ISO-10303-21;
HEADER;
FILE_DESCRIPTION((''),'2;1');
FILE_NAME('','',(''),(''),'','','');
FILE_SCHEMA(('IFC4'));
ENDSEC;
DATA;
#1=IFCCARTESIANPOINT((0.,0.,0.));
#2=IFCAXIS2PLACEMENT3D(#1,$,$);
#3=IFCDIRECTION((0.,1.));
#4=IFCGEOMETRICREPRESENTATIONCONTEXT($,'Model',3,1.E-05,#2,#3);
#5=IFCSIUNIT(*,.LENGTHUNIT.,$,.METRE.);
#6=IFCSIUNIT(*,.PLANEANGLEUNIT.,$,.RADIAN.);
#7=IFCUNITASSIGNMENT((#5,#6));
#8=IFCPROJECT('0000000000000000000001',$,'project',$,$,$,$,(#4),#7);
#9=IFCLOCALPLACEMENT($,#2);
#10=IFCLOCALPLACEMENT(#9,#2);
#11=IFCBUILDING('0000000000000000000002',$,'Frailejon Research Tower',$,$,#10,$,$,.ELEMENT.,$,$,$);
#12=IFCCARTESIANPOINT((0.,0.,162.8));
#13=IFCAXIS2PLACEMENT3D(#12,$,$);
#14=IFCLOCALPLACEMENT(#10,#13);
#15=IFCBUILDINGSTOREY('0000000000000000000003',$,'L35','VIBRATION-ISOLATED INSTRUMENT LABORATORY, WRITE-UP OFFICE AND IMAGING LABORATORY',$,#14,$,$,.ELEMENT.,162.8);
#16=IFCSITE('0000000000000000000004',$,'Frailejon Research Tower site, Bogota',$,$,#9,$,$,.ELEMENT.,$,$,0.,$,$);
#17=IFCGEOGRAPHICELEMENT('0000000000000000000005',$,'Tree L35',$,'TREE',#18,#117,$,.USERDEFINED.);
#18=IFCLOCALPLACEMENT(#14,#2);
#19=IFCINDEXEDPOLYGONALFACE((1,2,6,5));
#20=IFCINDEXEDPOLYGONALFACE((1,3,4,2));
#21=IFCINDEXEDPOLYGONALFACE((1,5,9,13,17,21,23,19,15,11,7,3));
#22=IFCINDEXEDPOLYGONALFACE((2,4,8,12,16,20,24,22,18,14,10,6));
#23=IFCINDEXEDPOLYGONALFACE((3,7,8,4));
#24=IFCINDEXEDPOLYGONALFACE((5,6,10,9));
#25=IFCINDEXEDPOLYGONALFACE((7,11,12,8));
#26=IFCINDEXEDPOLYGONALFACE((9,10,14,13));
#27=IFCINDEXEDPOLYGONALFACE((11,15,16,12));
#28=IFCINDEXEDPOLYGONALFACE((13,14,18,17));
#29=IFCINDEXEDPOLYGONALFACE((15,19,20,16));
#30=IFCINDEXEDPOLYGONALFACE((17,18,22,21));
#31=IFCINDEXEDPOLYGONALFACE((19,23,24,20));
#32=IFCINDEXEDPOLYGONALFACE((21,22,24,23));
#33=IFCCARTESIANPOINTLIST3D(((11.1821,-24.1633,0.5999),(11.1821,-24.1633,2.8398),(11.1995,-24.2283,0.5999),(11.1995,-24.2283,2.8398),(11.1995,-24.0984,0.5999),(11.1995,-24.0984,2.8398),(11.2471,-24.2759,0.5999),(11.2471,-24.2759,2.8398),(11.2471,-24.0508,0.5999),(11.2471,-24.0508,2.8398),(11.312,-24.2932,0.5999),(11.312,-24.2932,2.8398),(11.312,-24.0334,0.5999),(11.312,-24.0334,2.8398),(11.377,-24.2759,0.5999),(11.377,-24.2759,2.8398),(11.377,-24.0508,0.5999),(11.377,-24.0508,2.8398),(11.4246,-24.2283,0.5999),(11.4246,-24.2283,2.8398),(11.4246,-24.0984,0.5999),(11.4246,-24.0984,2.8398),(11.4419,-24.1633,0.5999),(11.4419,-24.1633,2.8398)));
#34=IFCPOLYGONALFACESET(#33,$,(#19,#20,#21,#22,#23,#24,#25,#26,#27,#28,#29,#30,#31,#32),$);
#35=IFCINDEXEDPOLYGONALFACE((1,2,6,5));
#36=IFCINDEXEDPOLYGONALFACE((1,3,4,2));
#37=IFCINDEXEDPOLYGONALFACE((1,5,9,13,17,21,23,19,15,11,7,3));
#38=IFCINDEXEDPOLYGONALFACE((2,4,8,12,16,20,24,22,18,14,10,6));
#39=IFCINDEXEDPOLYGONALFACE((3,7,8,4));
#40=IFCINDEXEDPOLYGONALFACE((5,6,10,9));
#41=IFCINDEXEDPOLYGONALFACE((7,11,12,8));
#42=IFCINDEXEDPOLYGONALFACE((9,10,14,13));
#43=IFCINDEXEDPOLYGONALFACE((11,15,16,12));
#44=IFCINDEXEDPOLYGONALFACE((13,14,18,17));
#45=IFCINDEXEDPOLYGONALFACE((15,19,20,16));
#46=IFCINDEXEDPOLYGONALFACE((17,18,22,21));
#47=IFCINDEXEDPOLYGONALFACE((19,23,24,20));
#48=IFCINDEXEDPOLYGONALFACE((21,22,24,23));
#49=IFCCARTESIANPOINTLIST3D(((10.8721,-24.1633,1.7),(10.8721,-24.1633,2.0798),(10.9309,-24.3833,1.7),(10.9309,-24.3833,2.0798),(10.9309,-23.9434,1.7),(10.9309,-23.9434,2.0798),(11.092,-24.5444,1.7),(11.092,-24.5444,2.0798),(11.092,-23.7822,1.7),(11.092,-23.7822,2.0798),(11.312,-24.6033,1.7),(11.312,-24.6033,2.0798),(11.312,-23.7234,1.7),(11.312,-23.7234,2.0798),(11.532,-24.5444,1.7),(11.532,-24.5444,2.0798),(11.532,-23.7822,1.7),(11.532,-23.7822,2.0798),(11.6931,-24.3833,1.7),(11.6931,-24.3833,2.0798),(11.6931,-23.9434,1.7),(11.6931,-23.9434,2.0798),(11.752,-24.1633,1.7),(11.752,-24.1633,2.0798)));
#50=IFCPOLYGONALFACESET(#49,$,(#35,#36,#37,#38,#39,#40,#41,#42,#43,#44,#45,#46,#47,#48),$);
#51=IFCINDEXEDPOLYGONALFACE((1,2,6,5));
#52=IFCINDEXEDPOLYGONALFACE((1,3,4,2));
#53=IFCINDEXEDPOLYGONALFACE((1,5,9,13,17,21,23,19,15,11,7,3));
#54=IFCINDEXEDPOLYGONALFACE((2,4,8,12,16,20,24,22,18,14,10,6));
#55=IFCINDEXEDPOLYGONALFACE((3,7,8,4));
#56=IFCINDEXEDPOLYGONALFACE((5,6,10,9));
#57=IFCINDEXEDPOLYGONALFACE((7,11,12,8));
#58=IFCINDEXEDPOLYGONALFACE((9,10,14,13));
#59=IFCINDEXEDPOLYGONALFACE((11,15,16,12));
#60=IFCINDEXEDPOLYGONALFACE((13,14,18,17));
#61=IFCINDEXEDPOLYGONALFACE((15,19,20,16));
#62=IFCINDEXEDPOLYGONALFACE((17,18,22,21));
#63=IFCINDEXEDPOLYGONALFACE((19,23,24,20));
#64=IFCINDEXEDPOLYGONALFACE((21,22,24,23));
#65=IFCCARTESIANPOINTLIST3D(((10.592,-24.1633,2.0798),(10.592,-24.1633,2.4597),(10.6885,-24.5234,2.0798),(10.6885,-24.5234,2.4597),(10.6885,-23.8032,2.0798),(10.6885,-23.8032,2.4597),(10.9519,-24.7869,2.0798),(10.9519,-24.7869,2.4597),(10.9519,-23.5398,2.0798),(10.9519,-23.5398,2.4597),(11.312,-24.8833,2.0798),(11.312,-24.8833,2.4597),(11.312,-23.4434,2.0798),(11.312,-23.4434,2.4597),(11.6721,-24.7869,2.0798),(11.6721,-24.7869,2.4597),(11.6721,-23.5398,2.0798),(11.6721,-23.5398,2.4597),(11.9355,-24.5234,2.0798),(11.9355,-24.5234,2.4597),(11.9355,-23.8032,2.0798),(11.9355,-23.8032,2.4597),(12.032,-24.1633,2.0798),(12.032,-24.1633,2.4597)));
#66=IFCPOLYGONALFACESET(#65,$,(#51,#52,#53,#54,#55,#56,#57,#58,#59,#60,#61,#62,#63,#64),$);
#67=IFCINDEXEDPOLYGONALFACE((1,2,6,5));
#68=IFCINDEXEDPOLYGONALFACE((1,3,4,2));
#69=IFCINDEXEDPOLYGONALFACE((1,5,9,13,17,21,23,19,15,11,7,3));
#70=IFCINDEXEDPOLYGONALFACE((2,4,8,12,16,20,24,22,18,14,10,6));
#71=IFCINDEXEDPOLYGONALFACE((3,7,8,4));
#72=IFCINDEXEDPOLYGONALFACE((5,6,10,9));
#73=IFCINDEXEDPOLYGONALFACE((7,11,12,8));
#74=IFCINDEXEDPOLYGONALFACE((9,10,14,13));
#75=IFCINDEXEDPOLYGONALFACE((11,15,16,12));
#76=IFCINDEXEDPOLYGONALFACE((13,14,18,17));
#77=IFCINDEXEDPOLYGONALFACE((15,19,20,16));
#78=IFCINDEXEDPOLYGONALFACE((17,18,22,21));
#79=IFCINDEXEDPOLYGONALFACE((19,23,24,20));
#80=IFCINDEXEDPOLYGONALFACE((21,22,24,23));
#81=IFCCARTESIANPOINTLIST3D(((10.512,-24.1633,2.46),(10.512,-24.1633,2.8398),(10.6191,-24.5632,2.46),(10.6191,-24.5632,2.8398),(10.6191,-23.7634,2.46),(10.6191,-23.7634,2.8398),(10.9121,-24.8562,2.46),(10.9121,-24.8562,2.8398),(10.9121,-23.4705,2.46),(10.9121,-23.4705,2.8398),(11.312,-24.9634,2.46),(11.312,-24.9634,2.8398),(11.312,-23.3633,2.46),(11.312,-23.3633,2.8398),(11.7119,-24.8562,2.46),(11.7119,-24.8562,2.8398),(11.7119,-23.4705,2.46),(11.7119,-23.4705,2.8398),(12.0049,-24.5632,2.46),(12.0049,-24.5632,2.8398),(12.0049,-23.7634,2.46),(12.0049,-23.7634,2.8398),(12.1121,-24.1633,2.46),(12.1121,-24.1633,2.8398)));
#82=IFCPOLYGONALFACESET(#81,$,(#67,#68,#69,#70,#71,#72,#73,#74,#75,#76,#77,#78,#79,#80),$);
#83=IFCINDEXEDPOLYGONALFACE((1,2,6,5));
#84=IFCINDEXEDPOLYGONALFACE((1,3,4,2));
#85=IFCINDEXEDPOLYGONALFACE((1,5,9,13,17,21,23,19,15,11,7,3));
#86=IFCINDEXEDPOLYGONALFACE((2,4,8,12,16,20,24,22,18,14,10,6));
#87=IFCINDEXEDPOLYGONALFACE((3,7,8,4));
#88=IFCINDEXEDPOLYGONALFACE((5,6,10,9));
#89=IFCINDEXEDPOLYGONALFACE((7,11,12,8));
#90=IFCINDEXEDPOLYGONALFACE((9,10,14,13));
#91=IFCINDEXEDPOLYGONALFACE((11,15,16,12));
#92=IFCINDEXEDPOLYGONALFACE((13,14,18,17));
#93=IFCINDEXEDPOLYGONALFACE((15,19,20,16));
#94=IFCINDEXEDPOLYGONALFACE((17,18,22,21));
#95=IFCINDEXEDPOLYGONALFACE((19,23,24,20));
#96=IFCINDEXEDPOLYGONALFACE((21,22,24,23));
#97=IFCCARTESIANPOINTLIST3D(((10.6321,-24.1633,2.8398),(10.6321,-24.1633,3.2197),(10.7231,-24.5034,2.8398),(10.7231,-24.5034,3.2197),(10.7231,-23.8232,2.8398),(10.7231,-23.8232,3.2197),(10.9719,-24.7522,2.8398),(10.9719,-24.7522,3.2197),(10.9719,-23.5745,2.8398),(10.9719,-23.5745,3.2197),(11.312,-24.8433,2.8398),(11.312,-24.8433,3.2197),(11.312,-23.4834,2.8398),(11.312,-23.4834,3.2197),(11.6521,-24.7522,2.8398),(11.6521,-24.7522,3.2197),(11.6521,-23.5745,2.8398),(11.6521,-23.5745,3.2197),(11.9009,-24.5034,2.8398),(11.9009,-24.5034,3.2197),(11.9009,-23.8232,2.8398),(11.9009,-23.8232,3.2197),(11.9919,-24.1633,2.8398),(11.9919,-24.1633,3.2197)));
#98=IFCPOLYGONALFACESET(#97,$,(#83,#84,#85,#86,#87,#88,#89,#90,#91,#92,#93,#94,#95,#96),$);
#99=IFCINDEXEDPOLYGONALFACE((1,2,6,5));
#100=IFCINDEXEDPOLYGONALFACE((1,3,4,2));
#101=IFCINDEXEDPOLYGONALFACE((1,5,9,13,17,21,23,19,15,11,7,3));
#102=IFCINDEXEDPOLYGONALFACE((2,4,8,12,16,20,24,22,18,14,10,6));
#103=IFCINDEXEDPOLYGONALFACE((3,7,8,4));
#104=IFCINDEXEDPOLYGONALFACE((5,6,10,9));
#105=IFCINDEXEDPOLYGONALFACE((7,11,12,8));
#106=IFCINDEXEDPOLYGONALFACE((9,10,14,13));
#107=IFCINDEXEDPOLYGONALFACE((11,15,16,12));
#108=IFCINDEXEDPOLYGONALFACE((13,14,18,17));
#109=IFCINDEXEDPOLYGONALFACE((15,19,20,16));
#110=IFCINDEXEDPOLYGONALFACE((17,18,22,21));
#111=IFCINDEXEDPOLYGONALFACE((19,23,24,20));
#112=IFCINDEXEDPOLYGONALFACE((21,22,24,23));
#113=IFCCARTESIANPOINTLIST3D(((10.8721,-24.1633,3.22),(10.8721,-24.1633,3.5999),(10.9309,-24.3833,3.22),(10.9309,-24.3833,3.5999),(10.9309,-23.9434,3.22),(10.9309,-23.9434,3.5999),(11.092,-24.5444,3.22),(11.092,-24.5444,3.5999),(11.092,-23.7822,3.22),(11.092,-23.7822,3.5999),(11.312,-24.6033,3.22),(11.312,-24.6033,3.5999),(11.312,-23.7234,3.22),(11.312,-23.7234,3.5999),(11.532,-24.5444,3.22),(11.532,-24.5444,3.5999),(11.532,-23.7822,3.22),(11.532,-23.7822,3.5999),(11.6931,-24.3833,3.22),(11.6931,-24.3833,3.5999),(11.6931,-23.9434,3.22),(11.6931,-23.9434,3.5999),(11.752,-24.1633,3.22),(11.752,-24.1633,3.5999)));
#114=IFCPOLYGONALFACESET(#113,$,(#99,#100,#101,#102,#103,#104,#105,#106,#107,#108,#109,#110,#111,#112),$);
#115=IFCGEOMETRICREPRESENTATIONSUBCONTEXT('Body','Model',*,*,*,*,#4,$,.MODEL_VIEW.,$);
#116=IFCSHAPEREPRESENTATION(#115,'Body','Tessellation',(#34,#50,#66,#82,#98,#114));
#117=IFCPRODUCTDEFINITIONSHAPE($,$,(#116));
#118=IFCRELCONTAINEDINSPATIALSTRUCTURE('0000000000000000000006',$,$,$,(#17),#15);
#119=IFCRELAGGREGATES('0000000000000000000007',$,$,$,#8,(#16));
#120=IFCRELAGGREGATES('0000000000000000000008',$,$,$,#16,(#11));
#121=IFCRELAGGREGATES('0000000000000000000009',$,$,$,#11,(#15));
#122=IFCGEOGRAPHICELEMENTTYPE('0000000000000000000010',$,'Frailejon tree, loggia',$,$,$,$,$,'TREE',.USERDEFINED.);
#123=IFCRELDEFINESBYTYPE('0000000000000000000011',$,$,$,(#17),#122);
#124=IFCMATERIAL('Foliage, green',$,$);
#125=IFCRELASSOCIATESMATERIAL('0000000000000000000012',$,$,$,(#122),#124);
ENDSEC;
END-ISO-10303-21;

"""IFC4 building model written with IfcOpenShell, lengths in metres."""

from ifc_helpers import new_model, si_unit, direction, frame, origin, place, context, subcontext, project, spatial, polyline, outline, extrude, material, type_object, element, save


model = new_model("IFC4")

# Units and contexts
model_context = context("Model", 3, precision=1e-05, world=origin(), true_north=direction((0.0, 1.0)))
body_context = subcontext(model_context, "Body", "Model", "MODEL_VIEW")
ifc_project = project(units=[si_unit("LENGTHUNIT", "METRE"), si_unit("PLANEANGLEUNIT", "RADIAN")], contexts=[model_context])

# Site, building, storey
site_placement = place(None, origin())
site = spatial("IfcSite", under=ifc_project, at=site_placement, Name="Frailejon Research Tower site, Bogota", CompositionType="ELEMENT", RefElevation=0.0)
building_placement = place(site_placement, origin())
building = spatial("IfcBuilding", under=site, at=building_placement, Name="Frailejon Research Tower", CompositionType="ELEMENT")
storey_placement = place(building_placement, frame((0.0, 0.0, 162.8)))
storey = spatial("IfcBuildingStorey", under=building, at=storey_placement, Name="L35", Description="VIBRATION-ISOLATED INSTRUMENT LABORATORY, WRITE-UP OFFICE AND IMAGING LABORATORY", CompositionType="ELEMENT", Elevation=162.8)

# Geographic element
ifc_material_1 = material(Name="Foliage, green")
geographic_element_type = type_object("IfcGeographicElementType", Name="Frailejon tree, loggia", ElementType="TREE", PredefinedType="USERDEFINED", material=ifc_material_1)
geographic_element_placement = place(storey_placement, frame((11.312, -24.1633, 0.5999)))
element("IfcGeographicElement", 1, at=geographic_element_placement, inside=storey, type_object=geographic_element_type, Name="Tree L35", ObjectType="TREE", PredefinedType="USERDEFINED", context=body_context, shape_type="SweptSolid", body=[
    extrude(outline(polyline([(0.1299, 0.0), (0.1125, 0.0649), (0.0649, 0.1125), (0.0, 0.1299), (-0.0649, 0.1125), (-0.1125, 0.0649), (-0.1299, 0.0), (-0.1125, -0.0649), (-0.0649, -0.1125), (0.0, -0.1299), (0.0649, -0.1125), (0.1125, -0.0649), (0.1299, 0.0)])), origin(), (0.0, 0.0, 1.0), 2.24),
    extrude(outline(polyline([(0.4399, 0.0), (0.3811, 0.22), (0.22, 0.3811), (0.0, 0.4399), (-0.22, 0.3811), (-0.3811, 0.22), (-0.4399, 0.0), (-0.3811, -0.22), (-0.22, -0.3811), (0.0, -0.4399), (0.22, -0.3811), (0.3811, -0.22), (0.4399, 0.0)])), frame((0.0, 0.0, 1.1001)), (0.0, 0.0, 1.0), 0.3799),
    extrude(outline(polyline([(0.72, 0.0), (0.6235, 0.3601), (0.3601, 0.6235), (0.0, 0.72), (-0.3601, 0.6235), (-0.6235, 0.3601), (-0.72, 0.0), (-0.6235, -0.3601), (-0.3601, -0.6235), (0.0, -0.72), (0.3601, -0.6235), (0.6235, -0.3601), (0.72, 0.0)])), frame((0.0, 0.0, 1.48)), (0.0, 0.0, 1.0), 0.3799),
    extrude(outline(polyline([(0.8, 0.0), (0.6929, 0.3999), (0.3999, 0.6929), (0.0, 0.8), (-0.3999, 0.6929), (-0.6929, 0.3999), (-0.8, 0.0), (-0.6929, -0.3999), (-0.3999, -0.6929), (0.0, -0.8), (0.3999, -0.6929), (0.6929, -0.3999), (0.8, 0.0)])), frame((0.0, 0.0, 1.8601)), (0.0, 0.0, 1.0), 0.3799),
    extrude(outline(polyline([(0.6799, 0.0), (0.5889, 0.3401), (0.3401, 0.5889), (0.0, 0.6799), (-0.3401, 0.5889), (-0.5889, 0.3401), (-0.6799, 0.0), (-0.5889, -0.3401), (-0.3401, -0.5889), (0.0, -0.6799), (0.3401, -0.5889), (0.5889, -0.3401), (0.6799, 0.0)])), frame((0.0, 0.0, 2.24)), (0.0, 0.0, 1.0), 0.3799),
    extrude(outline(polyline([(0.4399, 0.0), (0.3811, 0.22), (0.22, 0.3811), (0.0, 0.4399), (-0.22, 0.3811), (-0.3811, 0.22), (-0.4399, 0.0), (-0.3811, -0.22), (-0.22, -0.3811), (0.0, -0.4399), (0.22, -0.3811), (0.3811, -0.22), (0.4399, 0.0)])), frame((0.0, 0.0, 2.6201)), (0.0, 0.0, 1.0), 0.3799),
])

save(model, "model.ifc")
